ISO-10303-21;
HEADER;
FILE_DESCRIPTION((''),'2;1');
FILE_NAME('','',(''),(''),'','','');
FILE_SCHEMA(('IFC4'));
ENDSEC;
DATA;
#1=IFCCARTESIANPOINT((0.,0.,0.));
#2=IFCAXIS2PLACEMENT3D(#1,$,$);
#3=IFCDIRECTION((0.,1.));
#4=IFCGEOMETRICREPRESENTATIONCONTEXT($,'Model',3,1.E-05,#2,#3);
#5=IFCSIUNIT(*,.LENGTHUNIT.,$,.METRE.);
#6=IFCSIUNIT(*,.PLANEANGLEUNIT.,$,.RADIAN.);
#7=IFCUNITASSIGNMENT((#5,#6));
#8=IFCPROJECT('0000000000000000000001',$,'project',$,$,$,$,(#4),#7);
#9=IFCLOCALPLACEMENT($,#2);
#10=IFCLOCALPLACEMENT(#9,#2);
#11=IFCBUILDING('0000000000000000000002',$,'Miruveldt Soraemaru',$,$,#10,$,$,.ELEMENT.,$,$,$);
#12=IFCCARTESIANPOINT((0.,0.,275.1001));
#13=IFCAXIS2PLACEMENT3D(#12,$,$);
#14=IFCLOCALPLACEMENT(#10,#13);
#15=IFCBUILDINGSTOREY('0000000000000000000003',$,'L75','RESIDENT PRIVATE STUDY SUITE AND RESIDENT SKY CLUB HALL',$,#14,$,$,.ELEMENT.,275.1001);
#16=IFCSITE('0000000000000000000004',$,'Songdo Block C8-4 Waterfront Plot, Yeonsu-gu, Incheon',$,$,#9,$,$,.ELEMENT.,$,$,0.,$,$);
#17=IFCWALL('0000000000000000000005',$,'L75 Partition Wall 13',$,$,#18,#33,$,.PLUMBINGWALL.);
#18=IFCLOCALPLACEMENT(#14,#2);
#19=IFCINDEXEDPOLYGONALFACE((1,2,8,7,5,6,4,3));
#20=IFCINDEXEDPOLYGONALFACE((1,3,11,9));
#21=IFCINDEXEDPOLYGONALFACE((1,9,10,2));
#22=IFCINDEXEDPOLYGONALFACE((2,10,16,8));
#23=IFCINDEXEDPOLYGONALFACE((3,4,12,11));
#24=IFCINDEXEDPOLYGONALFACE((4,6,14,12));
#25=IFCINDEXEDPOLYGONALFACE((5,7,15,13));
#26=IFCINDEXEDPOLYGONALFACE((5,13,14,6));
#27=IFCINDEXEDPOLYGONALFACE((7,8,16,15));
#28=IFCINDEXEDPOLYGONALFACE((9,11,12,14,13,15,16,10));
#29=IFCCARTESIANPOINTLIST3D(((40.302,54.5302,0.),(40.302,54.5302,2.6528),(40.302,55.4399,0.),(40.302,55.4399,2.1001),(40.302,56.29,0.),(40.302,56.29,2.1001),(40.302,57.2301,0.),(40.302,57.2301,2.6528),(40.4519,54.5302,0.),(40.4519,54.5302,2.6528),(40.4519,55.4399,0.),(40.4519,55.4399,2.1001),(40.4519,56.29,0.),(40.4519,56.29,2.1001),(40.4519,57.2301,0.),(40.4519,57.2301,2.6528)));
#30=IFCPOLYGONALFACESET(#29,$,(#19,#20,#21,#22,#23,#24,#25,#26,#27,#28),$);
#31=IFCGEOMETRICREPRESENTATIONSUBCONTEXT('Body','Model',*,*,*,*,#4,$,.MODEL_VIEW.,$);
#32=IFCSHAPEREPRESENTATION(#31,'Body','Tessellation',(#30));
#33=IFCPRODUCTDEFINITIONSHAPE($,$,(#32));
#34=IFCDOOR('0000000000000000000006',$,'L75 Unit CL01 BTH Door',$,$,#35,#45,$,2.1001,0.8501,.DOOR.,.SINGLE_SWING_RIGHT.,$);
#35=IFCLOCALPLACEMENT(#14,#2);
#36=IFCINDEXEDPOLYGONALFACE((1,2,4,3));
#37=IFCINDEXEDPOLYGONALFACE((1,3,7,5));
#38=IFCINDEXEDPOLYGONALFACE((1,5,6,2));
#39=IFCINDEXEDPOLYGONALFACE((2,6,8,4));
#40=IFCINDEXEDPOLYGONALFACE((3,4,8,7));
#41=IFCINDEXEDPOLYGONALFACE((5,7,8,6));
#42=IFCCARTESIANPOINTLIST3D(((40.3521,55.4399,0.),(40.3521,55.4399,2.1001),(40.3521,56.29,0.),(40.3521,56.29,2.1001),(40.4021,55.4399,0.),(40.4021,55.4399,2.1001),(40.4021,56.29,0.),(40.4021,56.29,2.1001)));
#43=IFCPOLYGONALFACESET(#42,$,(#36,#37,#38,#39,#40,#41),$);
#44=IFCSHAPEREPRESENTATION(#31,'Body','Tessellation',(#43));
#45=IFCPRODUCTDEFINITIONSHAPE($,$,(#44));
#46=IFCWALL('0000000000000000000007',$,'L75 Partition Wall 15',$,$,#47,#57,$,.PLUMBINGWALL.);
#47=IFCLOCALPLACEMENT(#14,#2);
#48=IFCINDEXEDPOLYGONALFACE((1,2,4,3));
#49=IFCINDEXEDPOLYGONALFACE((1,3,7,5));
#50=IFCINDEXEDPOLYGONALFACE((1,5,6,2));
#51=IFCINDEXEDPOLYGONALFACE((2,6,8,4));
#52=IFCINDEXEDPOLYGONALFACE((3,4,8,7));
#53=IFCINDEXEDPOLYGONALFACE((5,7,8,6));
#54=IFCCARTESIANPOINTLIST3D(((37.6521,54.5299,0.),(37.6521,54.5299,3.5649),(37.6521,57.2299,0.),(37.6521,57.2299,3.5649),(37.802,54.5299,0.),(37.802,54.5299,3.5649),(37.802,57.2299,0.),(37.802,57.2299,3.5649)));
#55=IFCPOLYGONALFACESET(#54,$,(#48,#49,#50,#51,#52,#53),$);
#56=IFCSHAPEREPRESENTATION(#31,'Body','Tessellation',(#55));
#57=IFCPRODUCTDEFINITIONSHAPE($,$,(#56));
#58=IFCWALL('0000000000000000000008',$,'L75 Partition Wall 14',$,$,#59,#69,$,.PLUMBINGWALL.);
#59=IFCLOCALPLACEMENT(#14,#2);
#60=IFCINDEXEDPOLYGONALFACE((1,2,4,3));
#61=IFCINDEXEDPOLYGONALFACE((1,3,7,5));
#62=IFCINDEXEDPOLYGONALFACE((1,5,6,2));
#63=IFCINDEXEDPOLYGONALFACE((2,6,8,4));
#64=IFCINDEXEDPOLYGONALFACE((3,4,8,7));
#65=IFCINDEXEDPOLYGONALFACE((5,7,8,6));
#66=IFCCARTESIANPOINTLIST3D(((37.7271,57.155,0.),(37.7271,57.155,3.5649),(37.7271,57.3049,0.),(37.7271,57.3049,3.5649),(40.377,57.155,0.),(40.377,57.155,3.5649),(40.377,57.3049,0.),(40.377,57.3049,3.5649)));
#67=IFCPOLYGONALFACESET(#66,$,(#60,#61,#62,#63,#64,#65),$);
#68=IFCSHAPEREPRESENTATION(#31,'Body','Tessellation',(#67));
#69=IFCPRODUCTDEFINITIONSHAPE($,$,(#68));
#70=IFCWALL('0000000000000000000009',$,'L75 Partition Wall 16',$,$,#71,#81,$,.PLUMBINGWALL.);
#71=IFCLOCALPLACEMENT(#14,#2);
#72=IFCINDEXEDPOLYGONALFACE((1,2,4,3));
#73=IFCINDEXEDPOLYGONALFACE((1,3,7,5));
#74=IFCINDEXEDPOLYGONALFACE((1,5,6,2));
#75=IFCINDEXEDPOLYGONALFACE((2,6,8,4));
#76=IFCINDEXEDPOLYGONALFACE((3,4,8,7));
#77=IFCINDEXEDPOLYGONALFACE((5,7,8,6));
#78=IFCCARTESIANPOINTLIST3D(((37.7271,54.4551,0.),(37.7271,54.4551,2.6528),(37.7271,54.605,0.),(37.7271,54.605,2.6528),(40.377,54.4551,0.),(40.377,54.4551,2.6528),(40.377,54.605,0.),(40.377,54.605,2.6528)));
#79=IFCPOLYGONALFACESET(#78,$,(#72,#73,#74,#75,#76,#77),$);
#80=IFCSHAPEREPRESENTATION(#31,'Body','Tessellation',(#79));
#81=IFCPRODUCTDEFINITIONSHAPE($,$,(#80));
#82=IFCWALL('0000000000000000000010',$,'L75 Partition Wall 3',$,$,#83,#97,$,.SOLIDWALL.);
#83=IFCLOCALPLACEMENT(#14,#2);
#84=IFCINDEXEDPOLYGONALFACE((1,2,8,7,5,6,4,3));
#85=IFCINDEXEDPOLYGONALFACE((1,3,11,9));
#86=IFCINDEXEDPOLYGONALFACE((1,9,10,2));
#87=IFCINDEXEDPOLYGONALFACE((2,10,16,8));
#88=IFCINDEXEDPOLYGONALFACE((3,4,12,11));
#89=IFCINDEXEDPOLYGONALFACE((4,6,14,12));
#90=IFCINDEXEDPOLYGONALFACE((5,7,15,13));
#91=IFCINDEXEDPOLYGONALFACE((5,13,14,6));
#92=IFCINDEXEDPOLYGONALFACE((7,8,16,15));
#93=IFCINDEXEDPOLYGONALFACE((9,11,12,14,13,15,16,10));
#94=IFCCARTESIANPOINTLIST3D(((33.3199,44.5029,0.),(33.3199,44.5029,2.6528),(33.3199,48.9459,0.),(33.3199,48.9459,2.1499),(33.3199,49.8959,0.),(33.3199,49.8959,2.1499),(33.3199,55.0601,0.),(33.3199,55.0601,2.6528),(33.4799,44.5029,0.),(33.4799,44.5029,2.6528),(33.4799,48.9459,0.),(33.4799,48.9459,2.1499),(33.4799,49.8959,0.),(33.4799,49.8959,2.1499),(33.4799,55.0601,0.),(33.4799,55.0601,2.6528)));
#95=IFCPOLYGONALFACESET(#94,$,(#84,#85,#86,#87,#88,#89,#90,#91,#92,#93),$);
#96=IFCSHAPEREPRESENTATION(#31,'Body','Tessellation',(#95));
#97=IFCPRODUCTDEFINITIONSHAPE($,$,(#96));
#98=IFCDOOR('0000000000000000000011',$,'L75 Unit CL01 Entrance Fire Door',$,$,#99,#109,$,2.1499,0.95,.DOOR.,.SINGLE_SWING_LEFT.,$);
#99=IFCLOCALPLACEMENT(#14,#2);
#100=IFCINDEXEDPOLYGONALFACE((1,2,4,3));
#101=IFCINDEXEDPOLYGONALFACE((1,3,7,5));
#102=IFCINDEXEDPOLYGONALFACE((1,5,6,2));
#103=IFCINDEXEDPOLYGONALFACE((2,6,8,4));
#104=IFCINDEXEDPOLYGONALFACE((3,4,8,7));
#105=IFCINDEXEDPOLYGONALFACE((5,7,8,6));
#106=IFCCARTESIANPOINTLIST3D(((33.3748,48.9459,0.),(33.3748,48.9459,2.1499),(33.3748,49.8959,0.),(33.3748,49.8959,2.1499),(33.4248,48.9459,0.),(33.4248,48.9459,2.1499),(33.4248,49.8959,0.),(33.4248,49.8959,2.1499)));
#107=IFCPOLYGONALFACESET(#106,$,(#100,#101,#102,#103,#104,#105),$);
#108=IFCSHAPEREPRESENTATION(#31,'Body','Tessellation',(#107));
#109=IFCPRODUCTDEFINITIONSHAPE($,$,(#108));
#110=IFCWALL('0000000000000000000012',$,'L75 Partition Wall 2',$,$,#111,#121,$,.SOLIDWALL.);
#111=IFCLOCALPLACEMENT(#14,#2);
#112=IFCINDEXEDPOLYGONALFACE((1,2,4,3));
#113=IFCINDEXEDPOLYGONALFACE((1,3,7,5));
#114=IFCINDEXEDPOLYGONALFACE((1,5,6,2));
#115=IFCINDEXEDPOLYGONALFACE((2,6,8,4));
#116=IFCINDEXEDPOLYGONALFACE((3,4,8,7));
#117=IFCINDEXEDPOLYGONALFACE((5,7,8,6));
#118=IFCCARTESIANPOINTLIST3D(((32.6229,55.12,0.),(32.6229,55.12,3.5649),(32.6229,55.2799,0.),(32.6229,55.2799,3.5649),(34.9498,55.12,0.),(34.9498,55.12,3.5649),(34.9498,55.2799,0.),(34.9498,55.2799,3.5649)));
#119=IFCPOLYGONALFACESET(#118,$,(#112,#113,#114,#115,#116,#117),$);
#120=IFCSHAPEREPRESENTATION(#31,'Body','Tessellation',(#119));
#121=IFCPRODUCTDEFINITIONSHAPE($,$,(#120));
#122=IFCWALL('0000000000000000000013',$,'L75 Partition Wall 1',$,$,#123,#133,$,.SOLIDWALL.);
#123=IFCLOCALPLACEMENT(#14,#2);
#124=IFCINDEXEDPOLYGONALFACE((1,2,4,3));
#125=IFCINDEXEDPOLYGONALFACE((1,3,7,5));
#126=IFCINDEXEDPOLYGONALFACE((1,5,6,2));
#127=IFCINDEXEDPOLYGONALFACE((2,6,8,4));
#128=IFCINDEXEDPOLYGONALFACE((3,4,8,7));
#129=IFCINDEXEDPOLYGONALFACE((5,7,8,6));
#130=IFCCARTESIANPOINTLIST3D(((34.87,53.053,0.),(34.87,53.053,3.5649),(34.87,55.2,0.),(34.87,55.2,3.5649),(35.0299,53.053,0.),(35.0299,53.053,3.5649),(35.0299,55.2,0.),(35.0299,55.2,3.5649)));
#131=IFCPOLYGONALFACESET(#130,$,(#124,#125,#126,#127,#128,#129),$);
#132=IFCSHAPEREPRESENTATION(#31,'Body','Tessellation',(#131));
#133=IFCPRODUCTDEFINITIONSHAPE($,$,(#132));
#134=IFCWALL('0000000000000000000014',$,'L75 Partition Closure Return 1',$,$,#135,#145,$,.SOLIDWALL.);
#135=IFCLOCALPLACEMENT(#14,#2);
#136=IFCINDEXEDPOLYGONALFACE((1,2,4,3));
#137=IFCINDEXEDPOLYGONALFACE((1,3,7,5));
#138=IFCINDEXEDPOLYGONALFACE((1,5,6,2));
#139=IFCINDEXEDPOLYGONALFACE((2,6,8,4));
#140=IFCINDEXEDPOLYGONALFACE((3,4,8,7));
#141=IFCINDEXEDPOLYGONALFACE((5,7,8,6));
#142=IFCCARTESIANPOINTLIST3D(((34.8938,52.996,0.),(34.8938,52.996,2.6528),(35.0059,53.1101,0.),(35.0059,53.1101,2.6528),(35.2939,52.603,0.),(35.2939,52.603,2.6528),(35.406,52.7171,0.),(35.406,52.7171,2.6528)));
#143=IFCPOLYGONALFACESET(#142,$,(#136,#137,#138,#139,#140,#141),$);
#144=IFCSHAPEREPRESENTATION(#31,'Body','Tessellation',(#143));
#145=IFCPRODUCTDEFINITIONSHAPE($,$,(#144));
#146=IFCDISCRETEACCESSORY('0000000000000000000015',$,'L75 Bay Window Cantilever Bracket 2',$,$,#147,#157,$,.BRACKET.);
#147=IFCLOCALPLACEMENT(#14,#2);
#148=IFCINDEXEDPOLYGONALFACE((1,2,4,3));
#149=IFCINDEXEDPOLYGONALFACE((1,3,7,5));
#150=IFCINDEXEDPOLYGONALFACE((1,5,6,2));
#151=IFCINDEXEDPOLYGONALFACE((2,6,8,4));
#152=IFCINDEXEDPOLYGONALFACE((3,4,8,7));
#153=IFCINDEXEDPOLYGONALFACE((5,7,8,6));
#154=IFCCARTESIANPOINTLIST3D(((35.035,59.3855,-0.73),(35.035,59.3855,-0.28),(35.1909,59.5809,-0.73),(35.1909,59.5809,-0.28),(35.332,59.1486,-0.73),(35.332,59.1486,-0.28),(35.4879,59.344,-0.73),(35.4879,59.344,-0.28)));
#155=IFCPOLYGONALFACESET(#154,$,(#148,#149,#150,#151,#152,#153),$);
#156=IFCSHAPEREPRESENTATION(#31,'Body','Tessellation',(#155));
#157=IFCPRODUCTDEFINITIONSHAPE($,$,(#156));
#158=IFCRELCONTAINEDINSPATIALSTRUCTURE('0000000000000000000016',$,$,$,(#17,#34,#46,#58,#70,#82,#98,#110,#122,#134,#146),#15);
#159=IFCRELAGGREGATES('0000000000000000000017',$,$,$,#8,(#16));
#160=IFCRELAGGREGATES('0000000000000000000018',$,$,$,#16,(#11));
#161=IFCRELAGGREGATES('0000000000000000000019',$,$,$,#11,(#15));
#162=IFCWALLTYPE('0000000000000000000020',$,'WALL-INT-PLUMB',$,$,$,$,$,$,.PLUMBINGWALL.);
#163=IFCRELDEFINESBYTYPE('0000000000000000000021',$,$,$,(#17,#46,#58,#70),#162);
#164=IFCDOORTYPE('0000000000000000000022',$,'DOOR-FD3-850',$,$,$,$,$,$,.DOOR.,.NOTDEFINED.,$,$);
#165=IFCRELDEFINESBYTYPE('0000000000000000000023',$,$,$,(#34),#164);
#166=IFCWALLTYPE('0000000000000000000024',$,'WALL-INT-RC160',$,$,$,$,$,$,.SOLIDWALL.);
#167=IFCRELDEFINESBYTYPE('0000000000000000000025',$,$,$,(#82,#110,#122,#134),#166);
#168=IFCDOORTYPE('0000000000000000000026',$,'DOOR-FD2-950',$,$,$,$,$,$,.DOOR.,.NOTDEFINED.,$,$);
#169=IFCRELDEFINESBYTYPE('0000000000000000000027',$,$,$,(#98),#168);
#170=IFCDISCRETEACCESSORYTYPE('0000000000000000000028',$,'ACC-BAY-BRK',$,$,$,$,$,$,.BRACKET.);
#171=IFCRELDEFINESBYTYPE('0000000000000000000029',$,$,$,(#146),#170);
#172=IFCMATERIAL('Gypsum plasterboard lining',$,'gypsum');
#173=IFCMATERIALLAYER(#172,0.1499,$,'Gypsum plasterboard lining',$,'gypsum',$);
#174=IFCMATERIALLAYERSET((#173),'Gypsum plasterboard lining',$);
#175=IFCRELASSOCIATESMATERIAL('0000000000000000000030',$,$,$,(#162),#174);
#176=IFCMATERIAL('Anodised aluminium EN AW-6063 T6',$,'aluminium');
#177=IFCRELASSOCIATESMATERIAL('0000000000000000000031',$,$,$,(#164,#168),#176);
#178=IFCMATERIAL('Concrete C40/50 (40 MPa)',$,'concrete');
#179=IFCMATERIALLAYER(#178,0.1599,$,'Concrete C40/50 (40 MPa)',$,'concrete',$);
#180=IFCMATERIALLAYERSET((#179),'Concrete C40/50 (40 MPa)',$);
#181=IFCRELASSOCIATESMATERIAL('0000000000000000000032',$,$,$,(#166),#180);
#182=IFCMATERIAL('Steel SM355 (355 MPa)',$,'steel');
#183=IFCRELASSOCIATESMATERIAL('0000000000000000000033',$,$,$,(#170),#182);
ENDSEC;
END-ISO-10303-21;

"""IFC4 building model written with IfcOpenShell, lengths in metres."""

from ifc_helpers import new_model, si_unit, direction, frame, frame_2d, origin, origin_2d, place, context, subcontext, project, spatial, rectangle, extrude, material, layer, layer_set, type_object, element, fill, save


model = new_model("IFC4")

# Units and contexts
model_context = context("Model", 3, precision=1e-05, world=origin(), true_north=direction((0.0, 1.0)))
body_context = subcontext(model_context, "Body", "Model", "MODEL_VIEW")
ifc_project = project(units=[si_unit("LENGTHUNIT", "METRE"), si_unit("PLANEANGLEUNIT", "RADIAN")], contexts=[model_context])

# Site, building, storey
site_placement = place(None, origin())
site = spatial("IfcSite", under=ifc_project, at=site_placement, Name="Songdo Block C8-4 Waterfront Plot, Yeonsu-gu, Incheon", CompositionType="ELEMENT", RefElevation=0.0)
building_placement = place(site_placement, origin())
building = spatial("IfcBuilding", under=site, at=building_placement, Name="Miruveldt Soraemaru", CompositionType="ELEMENT")
storey_placement = place(building_placement, frame((0.0, 0.0, 275.1001)))
storey = spatial("IfcBuildingStorey", under=building, at=storey_placement, Name="L75", Description="RESIDENT PRIVATE STUDY SUITE AND RESIDENT SKY CLUB HALL", CompositionType="ELEMENT", Elevation=275.1001)

# Shared definitions
ifc_material_1 = material(Name="Anodised aluminium EN AW-6063 T6", Category="aluminium")

# Wall, opening, door
ifc_material_2 = material(Name="Gypsum plasterboard lining", Category="gypsum")
ifc_layer_1 = layer(ifc_material_2, 0.1499, Name="Gypsum plasterboard lining", Category="gypsum")
ifc_layer_set_1 = layer_set([ifc_layer_1], Name="Gypsum plasterboard lining")
wall_type_1 = type_object("IfcWallType", Name="WALL-INT-PLUMB", PredefinedType="PLUMBINGWALL", material=ifc_layer_set_1)
wall_1_placement = place(storey_placement, frame((40.377, 54.53, 0.0), z_axis=(0.0, 0.0, 1.0), x_axis=(0.0, 1.0, 0.0)))
wall_1 = element("IfcWall", 1, at=wall_1_placement, inside=storey, type_object=wall_type_1, Name="L75 Partition Wall 13", PredefinedType="PLUMBINGWALL", context=body_context, shape_type="SweptSolid", body=[
    extrude(rectangle(XDim=2.7, YDim=0.1499, at=frame_2d((1.3501, 0.0))), origin(), (0.0, 0.0, 1.0), 2.6528),
])
opening_1_placement = place(wall_1_placement, frame((0.9099, 0.0, 0.0)))
opening_1 = element("IfcOpeningElement", 2, at=opening_1_placement, cuts=wall_1, PredefinedType="OPENING", context=body_context, shape_type="SweptSolid", body=[
    extrude(rectangle(XDim=0.8501, YDim=2.1001, at=frame_2d((0.425, 1.05))), frame((0.0, 0.085, 0.0), z_axis=(0.0, -1.0, 0.0), x_axis=(1.0, 0.0, 0.0)), (0.0, 0.0, 1.0), 0.1699),
])
door_type_1 = type_object("IfcDoorType", Name="DOOR-FD3-850", OperationType="NOTDEFINED", PredefinedType="DOOR", material=ifc_material_1)
door_1_placement = place(opening_1_placement, origin())
door_1 = element("IfcDoor", 3, at=door_1_placement, inside=storey, type_object=door_type_1, Name="L75 Unit CL01 BTH Door", OperationType="SINGLE_SWING_RIGHT", OverallHeight=2.1001, OverallWidth=0.8501, PredefinedType="DOOR", context=body_context, shape_type="SweptSolid", body=[
    extrude(rectangle(XDim=0.8501, YDim=2.1001, at=frame_2d((0.425, 1.05))), frame((0.0, 0.0249, 0.0), z_axis=(0.0, -1.0, 0.0), x_axis=(1.0, 0.0, 0.0)), (0.0, 0.0, 1.0), 0.05),
])
fill(opening_1, door_1)

# Walls
wall_2_placement = place(storey_placement, frame((37.7271, 57.23, 0.0), z_axis=(0.0, 0.0, 1.0), x_axis=(0.0, -1.0, 0.0)))
element("IfcWall", 4, at=wall_2_placement, inside=storey, type_object=wall_type_1, Name="L75 Partition Wall 15", PredefinedType="PLUMBINGWALL", context=body_context, shape_type="SweptSolid", body=[
    extrude(rectangle(XDim=2.7, YDim=0.1499, at=frame_2d((1.3501, 0.0))), origin(), (0.0, 0.0, 1.0), 3.5649),
])
wall_3_placement = place(storey_placement, frame((40.377, 57.23, 0.0), z_axis=(0.0, 0.0, 1.0), x_axis=(-1.0, 0.0, 0.0)))
element("IfcWall", 5, at=wall_3_placement, inside=storey, type_object=wall_type_1, Name="L75 Partition Wall 14", PredefinedType="PLUMBINGWALL", context=body_context, shape_type="SweptSolid", body=[
    extrude(rectangle(XDim=2.6499, YDim=0.1499, at=frame_2d((1.325, 0.0))), origin(), (0.0, 0.0, 1.0), 3.5649),
])
wall_4_placement = place(storey_placement, frame((37.7271, 54.53, 0.0), z_axis=(0.0, 0.0, 1.0), x_axis=(1.0, 0.0, 0.0)))
element("IfcWall", 6, at=wall_4_placement, inside=storey, type_object=wall_type_1, Name="L75 Partition Wall 16", PredefinedType="PLUMBINGWALL", context=body_context, shape_type="SweptSolid", body=[
    extrude(rectangle(XDim=2.6499, YDim=0.1499, at=frame_2d((1.325, 0.0))), origin(), (0.0, 0.0, 1.0), 2.6528),
])

# Wall, opening, door
ifc_material_3 = material(Name="Concrete C40/50 (40 MPa)", Category="concrete")
ifc_layer_2 = layer(ifc_material_3, 0.1599, Name="Concrete C40/50 (40 MPa)", Category="concrete")
ifc_layer_set_2 = layer_set([ifc_layer_2], Name="Concrete C40/50 (40 MPa)")
wall_type_2 = type_object("IfcWallType", Name="WALL-INT-RC160", PredefinedType="SOLIDWALL", material=ifc_layer_set_2)
wall_5_placement = place(storey_placement, frame((33.3999, 55.0601, 0.0), z_axis=(0.0, 0.0, 1.0), x_axis=(0.0, -1.0, 0.0)))
wall_5 = element("IfcWall", 7, at=wall_5_placement, inside=storey, type_object=wall_type_2, Name="L75 Partition Wall 3", PredefinedType="SOLIDWALL", context=body_context, shape_type="SweptSolid", body=[
    extrude(rectangle(XDim=10.5571, YDim=0.1599, at=frame_2d((5.2786, 0.0))), origin(), (0.0, 0.0, 1.0), 2.6528),
])
opening_2_placement = place(wall_5_placement, frame((5.1641, 0.0, 0.0)))
opening_2 = element("IfcOpeningElement", 8, at=opening_2_placement, cuts=wall_5, PredefinedType="OPENING", context=body_context, shape_type="SweptSolid", body=[
    extrude(rectangle(XDim=0.95, YDim=2.1499, at=frame_2d((0.4751, 1.075))), frame((0.0, 0.0898, 0.0), z_axis=(0.0, -1.0, 0.0), x_axis=(1.0, 0.0, 0.0)), (0.0, 0.0, 1.0), 0.1799),
])
door_type_2 = type_object("IfcDoorType", Name="DOOR-FD2-950", OperationType="NOTDEFINED", PredefinedType="DOOR", material=ifc_material_1)
door_2_placement = place(opening_2_placement, origin())
door_2 = element("IfcDoor", 9, at=door_2_placement, inside=storey, type_object=door_type_2, Name="L75 Unit CL01 Entrance Fire Door", OperationType="SINGLE_SWING_LEFT", OverallHeight=2.1499, OverallWidth=0.95, PredefinedType="DOOR", context=body_context, shape_type="SweptSolid", body=[
    extrude(rectangle(XDim=0.95, YDim=2.1499, at=frame_2d((0.4751, 1.075))), frame((0.0, 0.0249, 0.0), z_axis=(0.0, -1.0, 0.0), x_axis=(1.0, 0.0, 0.0)), (0.0, 0.0, 1.0), 0.05),
])
fill(opening_2, door_2)

# Walls
wall_6_placement = place(storey_placement, frame((34.95, 55.2, 0.0), z_axis=(0.0, 0.0, 1.0), x_axis=(-1.0, 0.0, 0.0)))
element("IfcWall", 10, at=wall_6_placement, inside=storey, type_object=wall_type_2, Name="L75 Partition Wall 2", PredefinedType="SOLIDWALL", context=body_context, shape_type="SweptSolid", body=[
    extrude(rectangle(XDim=2.3269, YDim=0.1599, at=frame_2d((1.1636, 0.0))), origin(), (0.0, 0.0, 1.0), 3.5649),
])
wall_7_placement = place(storey_placement, frame((34.95, 53.053, 0.0), z_axis=(0.0, 0.0, 1.0), x_axis=(0.0, 1.0, 0.0)))
element("IfcWall", 11, at=wall_7_placement, inside=storey, type_object=wall_type_2, Name="L75 Partition Wall 1", PredefinedType="SOLIDWALL", context=body_context, shape_type="SweptSolid", body=[
    extrude(rectangle(XDim=2.147, YDim=0.1599, at=frame_2d((1.0735, 0.0))), origin(), (0.0, 0.0, 1.0), 3.5649),
])
wall_8_placement = place(storey_placement, frame((34.95, 53.053, 0.0), z_axis=(0.0, 0.0, 1.0), x_axis=(0.71339, -0.700767, 0.0)))
element("IfcWall", 12, at=wall_8_placement, inside=storey, type_object=wall_type_2, Name="L75 Partition Closure Return 1", PredefinedType="SOLIDWALL", context=body_context, shape_type="SweptSolid", body=[
    extrude(rectangle(XDim=0.5608, YDim=0.1599, at=frame_2d((0.2803, 0.0))), origin(), (0.0, 0.0, 1.0), 2.6528),
])

# Discrete accessory
ifc_material_4 = material(Name="Steel SM355 (355 MPa)", Category="steel")
discrete_accessory_type = type_object("IfcDiscreteAccessoryType", Name="ACC-BAY-BRK", PredefinedType="BRACKET", material=ifc_material_4)
discrete_accessory_placement = place(storey_placement, frame((35.2615, 59.3647, -0.73), z_axis=(0.0, 0.0, 1.0), x_axis=(-0.781738, 0.623607, 0.0)))
element("IfcDiscreteAccessory", 13, at=discrete_accessory_placement, inside=storey, type_object=discrete_accessory_type, Name="L75 Bay Window Cantilever Bracket 2", PredefinedType="BRACKET", context=body_context, shape_type="SweptSolid", body=[
    extrude(rectangle(XDim=0.3799, YDim=0.25, at=origin_2d()), origin(), (0.0, 0.0, 1.0), 0.45),
])

save(model, "model.ifc")
